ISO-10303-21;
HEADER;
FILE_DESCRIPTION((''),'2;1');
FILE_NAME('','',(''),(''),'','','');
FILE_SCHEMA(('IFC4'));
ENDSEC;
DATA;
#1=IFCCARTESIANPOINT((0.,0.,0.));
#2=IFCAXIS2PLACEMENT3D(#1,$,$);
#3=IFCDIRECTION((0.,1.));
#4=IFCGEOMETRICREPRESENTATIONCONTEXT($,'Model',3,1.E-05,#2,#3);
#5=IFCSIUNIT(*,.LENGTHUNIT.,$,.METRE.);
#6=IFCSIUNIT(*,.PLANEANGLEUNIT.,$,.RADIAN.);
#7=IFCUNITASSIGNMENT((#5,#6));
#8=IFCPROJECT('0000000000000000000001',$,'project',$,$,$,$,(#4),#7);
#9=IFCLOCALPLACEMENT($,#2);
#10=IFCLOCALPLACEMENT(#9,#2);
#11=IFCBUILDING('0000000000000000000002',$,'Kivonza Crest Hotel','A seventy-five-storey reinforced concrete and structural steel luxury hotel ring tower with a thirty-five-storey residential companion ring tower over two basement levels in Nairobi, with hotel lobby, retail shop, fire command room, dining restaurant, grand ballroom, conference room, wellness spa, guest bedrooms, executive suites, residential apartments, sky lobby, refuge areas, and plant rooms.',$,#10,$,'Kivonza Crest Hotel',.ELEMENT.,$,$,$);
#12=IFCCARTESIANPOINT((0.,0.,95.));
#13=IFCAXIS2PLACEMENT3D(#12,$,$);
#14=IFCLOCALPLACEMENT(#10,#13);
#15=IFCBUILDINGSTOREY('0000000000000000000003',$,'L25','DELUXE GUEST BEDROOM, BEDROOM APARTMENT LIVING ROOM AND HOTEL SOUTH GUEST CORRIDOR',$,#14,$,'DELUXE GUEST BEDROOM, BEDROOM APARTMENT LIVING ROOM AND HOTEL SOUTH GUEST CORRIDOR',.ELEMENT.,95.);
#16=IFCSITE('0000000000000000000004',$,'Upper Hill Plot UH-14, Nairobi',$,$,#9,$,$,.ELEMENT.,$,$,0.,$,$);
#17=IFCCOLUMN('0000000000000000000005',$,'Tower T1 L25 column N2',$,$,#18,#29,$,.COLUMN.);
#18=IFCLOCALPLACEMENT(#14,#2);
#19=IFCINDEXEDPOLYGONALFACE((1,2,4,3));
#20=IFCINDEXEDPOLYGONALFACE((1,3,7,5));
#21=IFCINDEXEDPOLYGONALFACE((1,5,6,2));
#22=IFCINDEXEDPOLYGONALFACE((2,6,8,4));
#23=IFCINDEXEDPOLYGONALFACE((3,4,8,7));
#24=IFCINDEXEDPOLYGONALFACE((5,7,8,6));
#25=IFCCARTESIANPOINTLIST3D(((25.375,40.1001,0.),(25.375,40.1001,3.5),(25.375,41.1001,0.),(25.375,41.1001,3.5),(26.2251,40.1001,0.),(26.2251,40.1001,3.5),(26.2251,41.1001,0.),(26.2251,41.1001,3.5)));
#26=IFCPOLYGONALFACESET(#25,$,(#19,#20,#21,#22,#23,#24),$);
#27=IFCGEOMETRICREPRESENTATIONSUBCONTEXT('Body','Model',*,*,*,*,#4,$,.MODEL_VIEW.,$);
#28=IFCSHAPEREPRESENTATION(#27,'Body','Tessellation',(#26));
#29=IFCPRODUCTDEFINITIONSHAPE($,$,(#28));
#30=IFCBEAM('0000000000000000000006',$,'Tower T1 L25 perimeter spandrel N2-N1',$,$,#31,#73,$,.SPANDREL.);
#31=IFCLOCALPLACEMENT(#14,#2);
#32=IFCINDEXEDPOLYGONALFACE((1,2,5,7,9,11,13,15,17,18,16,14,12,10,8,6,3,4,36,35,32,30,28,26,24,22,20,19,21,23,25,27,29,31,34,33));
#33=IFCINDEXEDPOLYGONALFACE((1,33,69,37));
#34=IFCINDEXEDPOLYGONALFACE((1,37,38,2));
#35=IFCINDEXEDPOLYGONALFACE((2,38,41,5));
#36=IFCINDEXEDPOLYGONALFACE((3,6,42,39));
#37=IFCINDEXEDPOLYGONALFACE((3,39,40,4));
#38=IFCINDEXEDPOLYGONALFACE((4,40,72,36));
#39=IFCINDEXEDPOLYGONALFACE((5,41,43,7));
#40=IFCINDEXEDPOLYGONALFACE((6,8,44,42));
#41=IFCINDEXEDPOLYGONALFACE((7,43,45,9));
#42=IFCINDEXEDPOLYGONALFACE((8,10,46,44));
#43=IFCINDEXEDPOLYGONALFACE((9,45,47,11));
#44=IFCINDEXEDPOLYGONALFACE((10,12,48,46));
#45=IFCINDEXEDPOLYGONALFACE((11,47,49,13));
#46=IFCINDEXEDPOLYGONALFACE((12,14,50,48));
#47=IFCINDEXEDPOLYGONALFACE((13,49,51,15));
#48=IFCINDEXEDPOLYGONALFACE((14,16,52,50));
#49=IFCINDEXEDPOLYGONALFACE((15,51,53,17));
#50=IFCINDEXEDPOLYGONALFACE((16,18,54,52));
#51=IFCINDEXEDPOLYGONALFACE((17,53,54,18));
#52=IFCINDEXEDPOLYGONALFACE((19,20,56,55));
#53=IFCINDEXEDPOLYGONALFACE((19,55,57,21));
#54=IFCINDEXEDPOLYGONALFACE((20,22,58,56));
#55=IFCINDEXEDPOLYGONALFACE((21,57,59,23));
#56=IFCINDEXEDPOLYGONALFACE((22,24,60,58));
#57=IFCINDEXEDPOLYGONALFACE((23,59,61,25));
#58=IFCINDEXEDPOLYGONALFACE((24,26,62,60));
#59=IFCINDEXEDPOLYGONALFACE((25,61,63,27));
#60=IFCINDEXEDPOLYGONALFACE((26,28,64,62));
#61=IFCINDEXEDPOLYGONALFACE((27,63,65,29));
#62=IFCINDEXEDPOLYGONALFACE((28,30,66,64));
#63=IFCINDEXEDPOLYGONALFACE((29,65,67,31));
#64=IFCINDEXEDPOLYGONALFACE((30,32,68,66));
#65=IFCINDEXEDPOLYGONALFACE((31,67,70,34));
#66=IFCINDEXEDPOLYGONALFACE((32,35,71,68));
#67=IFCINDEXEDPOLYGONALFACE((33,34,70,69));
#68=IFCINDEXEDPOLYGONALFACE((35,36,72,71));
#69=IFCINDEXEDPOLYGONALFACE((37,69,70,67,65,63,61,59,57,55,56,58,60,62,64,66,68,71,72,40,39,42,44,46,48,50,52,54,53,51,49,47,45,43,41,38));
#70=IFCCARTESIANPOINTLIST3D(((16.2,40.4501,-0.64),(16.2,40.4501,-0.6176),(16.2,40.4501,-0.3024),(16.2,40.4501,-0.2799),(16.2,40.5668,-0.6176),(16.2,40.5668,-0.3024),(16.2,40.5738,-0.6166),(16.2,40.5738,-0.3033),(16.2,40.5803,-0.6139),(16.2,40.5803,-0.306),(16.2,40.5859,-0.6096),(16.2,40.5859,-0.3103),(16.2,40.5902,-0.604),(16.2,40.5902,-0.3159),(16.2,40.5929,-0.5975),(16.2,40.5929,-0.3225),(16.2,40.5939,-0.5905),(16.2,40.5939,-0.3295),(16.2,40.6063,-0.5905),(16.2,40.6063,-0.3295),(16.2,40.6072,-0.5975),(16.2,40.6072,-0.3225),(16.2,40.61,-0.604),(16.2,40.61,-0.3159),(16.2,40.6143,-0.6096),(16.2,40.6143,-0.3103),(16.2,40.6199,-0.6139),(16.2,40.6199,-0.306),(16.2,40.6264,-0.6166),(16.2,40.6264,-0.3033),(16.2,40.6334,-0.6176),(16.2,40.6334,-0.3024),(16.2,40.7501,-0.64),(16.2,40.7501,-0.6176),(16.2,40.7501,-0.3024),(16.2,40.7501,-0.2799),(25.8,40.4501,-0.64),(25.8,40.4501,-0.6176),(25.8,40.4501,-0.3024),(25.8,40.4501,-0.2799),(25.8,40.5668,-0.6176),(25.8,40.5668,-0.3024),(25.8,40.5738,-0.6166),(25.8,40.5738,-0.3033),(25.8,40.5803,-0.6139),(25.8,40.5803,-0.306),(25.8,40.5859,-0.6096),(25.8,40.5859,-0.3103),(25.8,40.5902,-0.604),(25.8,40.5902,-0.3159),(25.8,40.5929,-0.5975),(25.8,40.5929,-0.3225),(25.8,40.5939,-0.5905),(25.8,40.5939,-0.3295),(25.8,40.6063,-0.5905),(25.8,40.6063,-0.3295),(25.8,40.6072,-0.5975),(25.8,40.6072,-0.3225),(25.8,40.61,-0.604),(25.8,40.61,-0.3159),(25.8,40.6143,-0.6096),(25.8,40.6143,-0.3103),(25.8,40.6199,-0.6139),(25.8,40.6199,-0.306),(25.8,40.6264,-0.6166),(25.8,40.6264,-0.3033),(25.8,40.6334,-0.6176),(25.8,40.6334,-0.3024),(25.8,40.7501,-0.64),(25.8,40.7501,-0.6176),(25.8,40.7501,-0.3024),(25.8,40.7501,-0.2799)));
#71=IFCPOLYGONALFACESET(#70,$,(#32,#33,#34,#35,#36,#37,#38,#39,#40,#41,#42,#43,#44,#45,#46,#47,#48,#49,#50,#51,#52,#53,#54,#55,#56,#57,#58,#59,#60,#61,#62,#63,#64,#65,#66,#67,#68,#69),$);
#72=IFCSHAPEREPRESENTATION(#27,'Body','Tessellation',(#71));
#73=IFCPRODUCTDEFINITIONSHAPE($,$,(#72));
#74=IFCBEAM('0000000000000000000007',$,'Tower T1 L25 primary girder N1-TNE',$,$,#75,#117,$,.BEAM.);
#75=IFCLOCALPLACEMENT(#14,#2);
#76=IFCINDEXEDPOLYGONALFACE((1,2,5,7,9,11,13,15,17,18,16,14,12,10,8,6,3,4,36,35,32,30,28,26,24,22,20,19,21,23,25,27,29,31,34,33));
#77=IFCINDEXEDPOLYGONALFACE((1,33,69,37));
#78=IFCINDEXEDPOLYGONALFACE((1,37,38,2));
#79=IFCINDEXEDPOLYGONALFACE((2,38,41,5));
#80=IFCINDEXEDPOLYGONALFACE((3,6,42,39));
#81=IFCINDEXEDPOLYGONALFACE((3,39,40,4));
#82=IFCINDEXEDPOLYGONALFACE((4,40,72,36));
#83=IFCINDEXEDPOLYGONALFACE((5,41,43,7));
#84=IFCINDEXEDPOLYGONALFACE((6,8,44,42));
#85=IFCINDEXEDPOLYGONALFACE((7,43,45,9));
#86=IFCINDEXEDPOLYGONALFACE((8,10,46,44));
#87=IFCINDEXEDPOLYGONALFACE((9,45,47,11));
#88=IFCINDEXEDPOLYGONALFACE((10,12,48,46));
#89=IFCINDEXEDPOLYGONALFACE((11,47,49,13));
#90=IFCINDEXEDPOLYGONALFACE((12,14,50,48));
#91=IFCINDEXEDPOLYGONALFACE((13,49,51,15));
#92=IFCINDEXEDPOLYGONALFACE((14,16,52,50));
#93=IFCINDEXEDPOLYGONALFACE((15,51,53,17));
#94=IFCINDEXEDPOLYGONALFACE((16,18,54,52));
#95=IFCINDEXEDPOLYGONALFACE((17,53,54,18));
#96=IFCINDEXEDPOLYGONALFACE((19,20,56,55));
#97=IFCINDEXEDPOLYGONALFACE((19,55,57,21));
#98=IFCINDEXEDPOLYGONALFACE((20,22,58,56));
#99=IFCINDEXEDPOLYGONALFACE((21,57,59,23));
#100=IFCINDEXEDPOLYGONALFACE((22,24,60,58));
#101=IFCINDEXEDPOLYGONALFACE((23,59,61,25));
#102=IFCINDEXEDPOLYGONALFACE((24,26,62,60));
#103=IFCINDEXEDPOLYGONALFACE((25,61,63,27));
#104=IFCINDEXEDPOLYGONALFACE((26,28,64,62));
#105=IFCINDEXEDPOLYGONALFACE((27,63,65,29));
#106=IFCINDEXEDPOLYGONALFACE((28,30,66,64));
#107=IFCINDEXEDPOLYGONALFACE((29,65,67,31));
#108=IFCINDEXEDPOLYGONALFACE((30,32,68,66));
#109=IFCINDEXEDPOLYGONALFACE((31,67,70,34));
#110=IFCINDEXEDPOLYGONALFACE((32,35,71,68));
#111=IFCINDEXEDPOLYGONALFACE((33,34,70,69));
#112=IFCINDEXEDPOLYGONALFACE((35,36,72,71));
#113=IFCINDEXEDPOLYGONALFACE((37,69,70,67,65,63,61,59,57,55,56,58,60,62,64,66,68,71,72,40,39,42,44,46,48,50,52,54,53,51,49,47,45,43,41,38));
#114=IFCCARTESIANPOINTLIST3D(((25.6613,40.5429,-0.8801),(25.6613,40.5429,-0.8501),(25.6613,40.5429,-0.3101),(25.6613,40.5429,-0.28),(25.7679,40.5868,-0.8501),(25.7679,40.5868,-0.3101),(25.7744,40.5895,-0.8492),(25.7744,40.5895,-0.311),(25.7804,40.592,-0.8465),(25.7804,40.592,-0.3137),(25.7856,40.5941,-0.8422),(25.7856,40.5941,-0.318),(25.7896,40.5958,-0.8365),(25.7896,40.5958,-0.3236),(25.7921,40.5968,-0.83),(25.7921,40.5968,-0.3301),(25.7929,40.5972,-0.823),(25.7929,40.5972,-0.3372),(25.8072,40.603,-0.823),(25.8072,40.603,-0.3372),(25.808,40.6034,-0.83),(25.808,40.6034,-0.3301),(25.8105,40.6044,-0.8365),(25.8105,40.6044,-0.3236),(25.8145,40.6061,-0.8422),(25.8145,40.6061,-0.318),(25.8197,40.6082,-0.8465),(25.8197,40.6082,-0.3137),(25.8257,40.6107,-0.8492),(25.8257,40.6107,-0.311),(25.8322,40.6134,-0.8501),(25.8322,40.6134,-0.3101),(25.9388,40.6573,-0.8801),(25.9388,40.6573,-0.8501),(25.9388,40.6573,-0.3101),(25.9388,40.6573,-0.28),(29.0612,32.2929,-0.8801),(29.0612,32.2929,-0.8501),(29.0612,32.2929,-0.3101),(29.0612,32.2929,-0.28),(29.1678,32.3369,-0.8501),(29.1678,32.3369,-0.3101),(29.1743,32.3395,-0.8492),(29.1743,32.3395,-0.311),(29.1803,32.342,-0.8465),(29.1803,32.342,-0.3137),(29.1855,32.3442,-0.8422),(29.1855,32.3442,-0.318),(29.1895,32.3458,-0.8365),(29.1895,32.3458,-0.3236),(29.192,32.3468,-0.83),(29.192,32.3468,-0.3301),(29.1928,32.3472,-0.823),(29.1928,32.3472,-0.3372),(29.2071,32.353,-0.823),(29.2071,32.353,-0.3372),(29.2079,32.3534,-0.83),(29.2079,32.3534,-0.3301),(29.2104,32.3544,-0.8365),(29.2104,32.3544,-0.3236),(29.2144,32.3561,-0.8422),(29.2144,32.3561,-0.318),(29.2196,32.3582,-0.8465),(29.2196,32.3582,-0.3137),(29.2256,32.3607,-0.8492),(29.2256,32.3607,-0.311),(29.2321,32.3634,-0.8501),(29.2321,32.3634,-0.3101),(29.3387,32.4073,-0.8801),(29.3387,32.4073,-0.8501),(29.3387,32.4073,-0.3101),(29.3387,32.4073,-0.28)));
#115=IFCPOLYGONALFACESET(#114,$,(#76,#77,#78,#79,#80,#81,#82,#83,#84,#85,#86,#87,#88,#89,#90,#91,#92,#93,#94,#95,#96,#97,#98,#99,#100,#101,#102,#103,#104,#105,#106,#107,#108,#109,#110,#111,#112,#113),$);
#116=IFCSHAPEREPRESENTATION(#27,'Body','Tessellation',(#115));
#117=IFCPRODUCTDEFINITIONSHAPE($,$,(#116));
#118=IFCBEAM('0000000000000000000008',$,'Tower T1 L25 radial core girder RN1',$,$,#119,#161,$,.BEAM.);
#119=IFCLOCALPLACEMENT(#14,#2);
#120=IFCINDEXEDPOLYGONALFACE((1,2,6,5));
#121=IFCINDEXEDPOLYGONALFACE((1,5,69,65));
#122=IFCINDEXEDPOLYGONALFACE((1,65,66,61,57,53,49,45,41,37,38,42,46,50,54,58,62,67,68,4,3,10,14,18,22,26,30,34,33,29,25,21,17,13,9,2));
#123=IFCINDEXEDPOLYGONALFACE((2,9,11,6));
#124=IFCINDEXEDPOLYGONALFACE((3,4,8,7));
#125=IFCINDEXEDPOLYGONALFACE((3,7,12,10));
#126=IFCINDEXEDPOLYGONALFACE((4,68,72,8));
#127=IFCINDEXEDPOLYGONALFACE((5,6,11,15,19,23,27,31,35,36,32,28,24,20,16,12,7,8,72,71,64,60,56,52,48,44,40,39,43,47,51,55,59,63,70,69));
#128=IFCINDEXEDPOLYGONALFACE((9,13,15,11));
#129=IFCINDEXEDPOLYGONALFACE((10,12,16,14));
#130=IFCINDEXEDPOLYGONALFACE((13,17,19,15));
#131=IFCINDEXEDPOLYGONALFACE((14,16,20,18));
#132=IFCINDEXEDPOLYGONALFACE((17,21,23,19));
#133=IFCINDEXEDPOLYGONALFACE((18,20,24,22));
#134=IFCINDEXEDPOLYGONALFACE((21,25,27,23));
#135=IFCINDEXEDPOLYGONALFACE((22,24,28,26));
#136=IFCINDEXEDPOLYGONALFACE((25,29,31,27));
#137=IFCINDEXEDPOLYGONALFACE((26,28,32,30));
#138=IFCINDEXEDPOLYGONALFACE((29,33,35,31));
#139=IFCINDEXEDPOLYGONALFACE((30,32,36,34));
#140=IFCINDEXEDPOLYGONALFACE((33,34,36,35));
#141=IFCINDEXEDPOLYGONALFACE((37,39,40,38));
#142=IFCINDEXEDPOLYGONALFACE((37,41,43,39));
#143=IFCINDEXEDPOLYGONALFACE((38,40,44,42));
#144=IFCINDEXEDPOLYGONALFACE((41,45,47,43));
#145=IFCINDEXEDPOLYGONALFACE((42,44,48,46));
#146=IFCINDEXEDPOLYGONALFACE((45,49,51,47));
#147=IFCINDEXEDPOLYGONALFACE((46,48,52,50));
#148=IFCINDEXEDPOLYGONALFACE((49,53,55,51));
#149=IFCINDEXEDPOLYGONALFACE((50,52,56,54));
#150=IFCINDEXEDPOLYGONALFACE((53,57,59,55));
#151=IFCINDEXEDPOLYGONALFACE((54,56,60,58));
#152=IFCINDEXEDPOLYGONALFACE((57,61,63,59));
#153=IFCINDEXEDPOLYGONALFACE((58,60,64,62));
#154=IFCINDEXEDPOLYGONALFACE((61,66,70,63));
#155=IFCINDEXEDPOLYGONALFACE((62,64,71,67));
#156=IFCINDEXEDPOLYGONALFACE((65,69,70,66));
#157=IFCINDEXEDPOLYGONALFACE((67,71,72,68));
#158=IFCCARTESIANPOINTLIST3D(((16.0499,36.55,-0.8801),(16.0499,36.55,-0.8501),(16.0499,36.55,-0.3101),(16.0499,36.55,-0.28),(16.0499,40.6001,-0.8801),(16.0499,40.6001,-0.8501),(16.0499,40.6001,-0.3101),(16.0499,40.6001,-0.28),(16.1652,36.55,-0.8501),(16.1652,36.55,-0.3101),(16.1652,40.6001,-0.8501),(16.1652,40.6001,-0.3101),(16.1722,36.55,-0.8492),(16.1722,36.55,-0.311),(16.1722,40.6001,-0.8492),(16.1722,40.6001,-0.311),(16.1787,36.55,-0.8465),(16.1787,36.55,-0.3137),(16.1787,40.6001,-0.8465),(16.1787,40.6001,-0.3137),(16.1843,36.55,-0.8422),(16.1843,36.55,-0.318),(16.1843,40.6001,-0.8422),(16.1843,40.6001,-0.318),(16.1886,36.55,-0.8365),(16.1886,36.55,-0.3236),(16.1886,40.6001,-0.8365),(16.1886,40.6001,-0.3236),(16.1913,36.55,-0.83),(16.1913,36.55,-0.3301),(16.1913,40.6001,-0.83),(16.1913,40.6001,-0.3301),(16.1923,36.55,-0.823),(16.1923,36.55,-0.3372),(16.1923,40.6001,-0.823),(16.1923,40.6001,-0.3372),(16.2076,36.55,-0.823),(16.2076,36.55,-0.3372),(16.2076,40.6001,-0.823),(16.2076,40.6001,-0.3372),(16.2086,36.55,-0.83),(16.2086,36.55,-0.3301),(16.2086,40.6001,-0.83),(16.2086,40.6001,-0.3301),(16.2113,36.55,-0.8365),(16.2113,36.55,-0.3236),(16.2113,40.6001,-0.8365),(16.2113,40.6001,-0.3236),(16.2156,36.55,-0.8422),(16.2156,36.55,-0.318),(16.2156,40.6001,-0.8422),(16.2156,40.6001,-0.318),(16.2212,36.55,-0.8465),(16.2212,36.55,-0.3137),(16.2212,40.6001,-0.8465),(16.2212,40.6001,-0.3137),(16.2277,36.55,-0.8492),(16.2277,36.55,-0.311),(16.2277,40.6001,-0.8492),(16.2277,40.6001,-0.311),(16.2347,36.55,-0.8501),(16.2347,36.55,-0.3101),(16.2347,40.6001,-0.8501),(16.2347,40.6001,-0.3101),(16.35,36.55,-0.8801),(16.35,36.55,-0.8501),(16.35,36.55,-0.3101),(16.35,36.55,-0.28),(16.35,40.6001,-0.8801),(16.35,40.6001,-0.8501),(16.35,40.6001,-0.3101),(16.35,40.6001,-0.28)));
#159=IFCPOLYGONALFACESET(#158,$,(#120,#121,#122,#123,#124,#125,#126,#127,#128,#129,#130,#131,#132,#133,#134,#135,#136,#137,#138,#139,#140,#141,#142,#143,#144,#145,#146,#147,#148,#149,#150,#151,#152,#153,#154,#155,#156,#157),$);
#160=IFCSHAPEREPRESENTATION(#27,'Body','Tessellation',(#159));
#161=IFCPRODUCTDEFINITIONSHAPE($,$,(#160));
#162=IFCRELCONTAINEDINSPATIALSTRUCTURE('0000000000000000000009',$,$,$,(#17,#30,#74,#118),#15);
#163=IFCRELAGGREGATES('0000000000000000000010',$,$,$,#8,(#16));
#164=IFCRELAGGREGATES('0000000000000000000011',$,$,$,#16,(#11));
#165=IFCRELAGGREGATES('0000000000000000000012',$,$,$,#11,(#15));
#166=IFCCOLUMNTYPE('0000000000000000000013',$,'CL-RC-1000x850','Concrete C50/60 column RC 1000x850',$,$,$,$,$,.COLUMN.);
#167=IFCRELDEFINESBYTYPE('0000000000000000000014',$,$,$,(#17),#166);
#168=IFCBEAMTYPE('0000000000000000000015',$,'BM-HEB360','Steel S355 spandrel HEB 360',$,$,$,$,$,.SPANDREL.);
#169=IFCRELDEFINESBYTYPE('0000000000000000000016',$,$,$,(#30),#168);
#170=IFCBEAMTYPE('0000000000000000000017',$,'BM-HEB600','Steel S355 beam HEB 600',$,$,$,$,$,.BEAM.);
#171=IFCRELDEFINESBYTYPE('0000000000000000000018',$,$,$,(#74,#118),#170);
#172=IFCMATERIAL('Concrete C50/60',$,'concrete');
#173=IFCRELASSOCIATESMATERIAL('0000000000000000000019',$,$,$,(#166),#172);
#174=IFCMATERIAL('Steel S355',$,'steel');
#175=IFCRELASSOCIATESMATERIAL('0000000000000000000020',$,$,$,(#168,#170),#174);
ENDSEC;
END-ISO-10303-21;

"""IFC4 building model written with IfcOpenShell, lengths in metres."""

from ifc_helpers import new_model, si_unit, direction, frame, origin, origin_2d, place, context, subcontext, project, spatial, rectangle, i_section, extrude, material, material_profile, profile_set, type_object, element, save


model = new_model("IFC4")

# Units and contexts
model_context = context("Model", 3, precision=1e-05, world=origin(), true_north=direction((0.0, 1.0)))
body_context = subcontext(model_context, "Body", "Model", "MODEL_VIEW")
ifc_project = project(units=[si_unit("LENGTHUNIT", "METRE"), si_unit("PLANEANGLEUNIT", "RADIAN")], contexts=[model_context])

# Site, building, storey
site_placement = place(None, origin())
site = spatial("IfcSite", under=ifc_project, at=site_placement, Name="Upper Hill Plot UH-14, Nairobi", CompositionType="ELEMENT", RefElevation=0.0)
building_placement = place(site_placement, origin())
building = spatial("IfcBuilding", under=site, at=building_placement, Name="Kivonza Crest Hotel", Description="A seventy-five-storey reinforced concrete and structural steel luxury hotel ring tower with a thirty-five-storey residential companion ring tower over two basement levels in Nairobi, with hotel lobby, retail shop, fire command room, dining restaurant, grand ballroom, conference room, wellness spa, guest bedrooms, executive suites, residential apartments, sky lobby, refuge areas, and plant rooms.", LongName="Kivonza Crest Hotel", CompositionType="ELEMENT")
storey_placement = place(building_placement, frame((0.0, 0.0, 95.0)))
storey = spatial("IfcBuildingStorey", under=building, at=storey_placement, Name="L25", Description="DELUXE GUEST BEDROOM, BEDROOM APARTMENT LIVING ROOM AND HOTEL SOUTH GUEST CORRIDOR", LongName="DELUXE GUEST BEDROOM, BEDROOM APARTMENT LIVING ROOM AND HOTEL SOUTH GUEST CORRIDOR", CompositionType="ELEMENT", Elevation=95.0)

# Column
ifc_material_1 = material(Name="Concrete C50/60", Category="concrete")
ifc_material_profile_1 = material_profile(ifc_material_1, rectangle(XDim=0.8501, YDim=1.0, at=origin_2d()), Name="RC 1000x850")
ifc_profile_set_1 = profile_set([ifc_material_profile_1], Name="Concrete C50/60")
column_type = type_object("IfcColumnType", Name="CL-RC-1000x850", Description="Concrete C50/60 column RC 1000x850", PredefinedType="COLUMN", material=ifc_profile_set_1)
column_placement = place(storey_placement, frame((25.8, 40.6001, 0.0), z_axis=(0.0, 0.0, 1.0), x_axis=(1.0, 0.0, 0.0)))
element("IfcColumn", 1, at=column_placement, inside=storey, type_object=column_type, Name="Tower T1 L25 column N2", PredefinedType="COLUMN", context=body_context, shape_type="SweptSolid", body=[
    extrude(rectangle(XDim=0.8501, YDim=1.0, at=origin_2d()), origin(), (0.0, 0.0, 1.0), 3.5),
])

# Beams
ifc_material_2 = material(Name="Steel S355", Category="steel")
ifc_material_profile_2 = material_profile(ifc_material_2, i_section(OverallWidth=0.3, OverallDepth=0.3601, WebThickness=0.0125, FlangeThickness=0.0225, FilletRadius=0.0271, at=origin_2d()), Name="HEB 360")
ifc_profile_set_2 = profile_set([ifc_material_profile_2], Name="Steel S355")
beam_type_1 = type_object("IfcBeamType", Name="BM-HEB360", Description="Steel S355 spandrel HEB 360", PredefinedType="SPANDREL", material=ifc_profile_set_2)
beam_1_placement = place(storey_placement, frame((25.8, 40.6001, -0.46), z_axis=(-1.0, 0.0, 0.0), x_axis=(0.0, -1.0, 0.0)))
element("IfcBeam", 2, at=beam_1_placement, inside=storey, type_object=beam_type_1, Name="Tower T1 L25 perimeter spandrel N2-N1", PredefinedType="SPANDREL", context=body_context, shape_type="SweptSolid", body=[
    extrude(i_section(OverallWidth=0.3, OverallDepth=0.3601, WebThickness=0.0125, FlangeThickness=0.0225, FilletRadius=0.0271, at=origin_2d()), origin(), (0.0, 0.0, 1.0), 9.6001),
])
ifc_material_profile_3 = material_profile(ifc_material_2, i_section(OverallWidth=0.3, OverallDepth=0.6001, WebThickness=0.0154, FlangeThickness=0.03, FilletRadius=0.0271, at=origin_2d()), Name="HEB 600")
ifc_profile_set_3 = profile_set([ifc_material_profile_3], Name="Steel S355")
beam_type_2 = type_object("IfcBeamType", Name="BM-HEB600", Description="Steel S355 beam HEB 600", PredefinedType="BEAM", material=ifc_profile_set_3)
beam_2_placement = place(storey_placement, frame((25.8, 40.6001, -0.5801), z_axis=(0.381022, -0.924566, 0.0), x_axis=(0.924566, 0.381022, 0.0)))
element("IfcBeam", 3, at=beam_2_placement, inside=storey, type_object=beam_type_2, Name="Tower T1 L25 primary girder N1-TNE", PredefinedType="BEAM", context=body_context, shape_type="SweptSolid", body=[
    extrude(i_section(OverallWidth=0.3, OverallDepth=0.6001, WebThickness=0.0154, FlangeThickness=0.03, FilletRadius=0.0271, at=origin_2d()), origin(), (0.0, 0.0, 1.0), 8.9231),
])
for number, where, z_axis, x_axis, name in (
    (4, (16.2, 40.6001, -0.5801), (0.0, -1.0, 0.0), (1.0, 0.0, 0.0), "Tower T1 L25 radial core girder RN1"),
):
    element("IfcBeam", number, at=place(storey_placement, frame(where, z_axis=z_axis, x_axis=x_axis)), inside=storey, type_object=beam_type_2, Name=name, PredefinedType="BEAM", context=body_context, shape_type="SweptSolid", body=[
        extrude(i_section(OverallWidth=0.3, OverallDepth=0.6001, WebThickness=0.0154, FlangeThickness=0.03, FilletRadius=0.0271, at=origin_2d()), origin(), (0.0, 0.0, 1.0), 4.05),
    ])

save(model, "model.ifc")
